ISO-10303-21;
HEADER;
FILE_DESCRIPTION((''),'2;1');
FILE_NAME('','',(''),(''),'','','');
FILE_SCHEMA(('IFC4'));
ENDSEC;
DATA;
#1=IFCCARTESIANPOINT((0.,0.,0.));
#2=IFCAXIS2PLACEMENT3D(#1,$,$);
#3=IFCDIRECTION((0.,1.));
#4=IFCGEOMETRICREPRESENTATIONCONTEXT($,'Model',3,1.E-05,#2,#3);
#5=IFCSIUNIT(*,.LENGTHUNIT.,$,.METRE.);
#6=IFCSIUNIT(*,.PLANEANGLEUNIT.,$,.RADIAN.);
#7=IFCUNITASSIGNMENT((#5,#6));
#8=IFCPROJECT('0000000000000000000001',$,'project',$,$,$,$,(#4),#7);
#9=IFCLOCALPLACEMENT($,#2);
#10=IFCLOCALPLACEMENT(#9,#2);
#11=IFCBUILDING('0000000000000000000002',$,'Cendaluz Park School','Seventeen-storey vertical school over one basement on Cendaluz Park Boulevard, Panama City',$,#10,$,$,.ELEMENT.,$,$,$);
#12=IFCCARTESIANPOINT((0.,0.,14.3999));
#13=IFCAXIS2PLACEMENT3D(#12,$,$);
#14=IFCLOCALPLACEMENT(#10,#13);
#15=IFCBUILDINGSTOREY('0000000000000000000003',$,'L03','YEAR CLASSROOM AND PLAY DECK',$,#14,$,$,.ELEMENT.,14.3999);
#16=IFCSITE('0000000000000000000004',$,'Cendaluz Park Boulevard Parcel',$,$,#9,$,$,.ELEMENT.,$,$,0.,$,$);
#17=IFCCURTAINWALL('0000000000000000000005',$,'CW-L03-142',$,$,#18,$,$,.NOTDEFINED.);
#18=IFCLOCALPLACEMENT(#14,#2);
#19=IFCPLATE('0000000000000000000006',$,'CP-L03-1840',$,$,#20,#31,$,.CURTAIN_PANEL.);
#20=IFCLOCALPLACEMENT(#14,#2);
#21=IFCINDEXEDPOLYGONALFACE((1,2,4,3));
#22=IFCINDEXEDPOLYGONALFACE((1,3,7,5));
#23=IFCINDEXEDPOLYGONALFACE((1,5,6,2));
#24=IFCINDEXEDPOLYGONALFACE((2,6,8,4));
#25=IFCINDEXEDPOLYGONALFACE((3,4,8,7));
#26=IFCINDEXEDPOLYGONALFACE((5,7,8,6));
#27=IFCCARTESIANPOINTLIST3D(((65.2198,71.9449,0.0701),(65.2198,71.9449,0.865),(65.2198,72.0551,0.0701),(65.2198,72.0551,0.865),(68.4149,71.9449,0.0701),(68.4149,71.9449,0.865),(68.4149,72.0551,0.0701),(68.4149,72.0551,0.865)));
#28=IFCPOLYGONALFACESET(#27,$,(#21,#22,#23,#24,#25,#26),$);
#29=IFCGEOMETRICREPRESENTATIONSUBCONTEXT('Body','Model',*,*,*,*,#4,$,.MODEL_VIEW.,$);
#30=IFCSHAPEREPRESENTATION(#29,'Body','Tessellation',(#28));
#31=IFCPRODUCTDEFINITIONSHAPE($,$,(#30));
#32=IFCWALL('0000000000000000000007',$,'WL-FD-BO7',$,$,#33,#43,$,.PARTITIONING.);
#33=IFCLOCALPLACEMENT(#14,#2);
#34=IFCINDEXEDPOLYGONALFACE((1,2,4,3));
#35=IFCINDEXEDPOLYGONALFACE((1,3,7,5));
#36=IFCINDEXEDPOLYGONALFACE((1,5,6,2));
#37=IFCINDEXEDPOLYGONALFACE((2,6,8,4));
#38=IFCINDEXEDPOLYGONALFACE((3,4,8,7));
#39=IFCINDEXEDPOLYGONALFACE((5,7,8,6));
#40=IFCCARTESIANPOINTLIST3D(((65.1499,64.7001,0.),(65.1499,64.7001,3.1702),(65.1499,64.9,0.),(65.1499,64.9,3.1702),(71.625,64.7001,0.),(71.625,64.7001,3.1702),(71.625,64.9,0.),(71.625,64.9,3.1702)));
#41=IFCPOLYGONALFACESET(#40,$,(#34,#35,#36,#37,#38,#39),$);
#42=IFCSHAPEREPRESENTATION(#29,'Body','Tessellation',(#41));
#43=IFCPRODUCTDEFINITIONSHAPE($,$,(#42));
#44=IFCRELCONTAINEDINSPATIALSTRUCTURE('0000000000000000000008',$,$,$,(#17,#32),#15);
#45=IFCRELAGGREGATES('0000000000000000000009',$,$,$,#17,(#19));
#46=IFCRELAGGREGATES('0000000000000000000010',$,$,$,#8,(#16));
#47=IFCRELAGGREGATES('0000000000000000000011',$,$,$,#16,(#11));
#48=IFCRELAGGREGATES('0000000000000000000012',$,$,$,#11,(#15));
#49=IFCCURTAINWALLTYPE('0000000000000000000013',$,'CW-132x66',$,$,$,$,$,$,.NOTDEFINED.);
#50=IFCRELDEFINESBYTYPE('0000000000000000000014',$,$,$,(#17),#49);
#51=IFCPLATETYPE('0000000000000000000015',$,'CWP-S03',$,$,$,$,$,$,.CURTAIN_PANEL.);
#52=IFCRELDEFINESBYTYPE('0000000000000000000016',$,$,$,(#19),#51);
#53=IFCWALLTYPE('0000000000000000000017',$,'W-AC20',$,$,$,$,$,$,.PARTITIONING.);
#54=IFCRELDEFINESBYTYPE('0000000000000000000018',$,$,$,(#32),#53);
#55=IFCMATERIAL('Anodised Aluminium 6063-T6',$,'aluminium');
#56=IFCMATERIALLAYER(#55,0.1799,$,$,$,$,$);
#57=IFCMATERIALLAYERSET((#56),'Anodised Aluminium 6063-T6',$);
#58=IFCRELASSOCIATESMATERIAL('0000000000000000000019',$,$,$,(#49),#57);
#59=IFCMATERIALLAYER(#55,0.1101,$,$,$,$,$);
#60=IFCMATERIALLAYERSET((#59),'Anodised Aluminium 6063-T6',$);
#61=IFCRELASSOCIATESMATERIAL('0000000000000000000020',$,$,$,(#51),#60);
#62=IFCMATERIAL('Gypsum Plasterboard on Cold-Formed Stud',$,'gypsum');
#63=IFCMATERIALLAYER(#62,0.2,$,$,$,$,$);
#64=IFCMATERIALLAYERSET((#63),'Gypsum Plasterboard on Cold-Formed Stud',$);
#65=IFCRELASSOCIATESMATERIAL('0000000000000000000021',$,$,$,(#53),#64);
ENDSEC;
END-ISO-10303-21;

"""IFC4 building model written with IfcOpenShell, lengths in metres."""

from ifc_helpers import new_model, si_unit, direction, frame, frame_2d, origin, origin_2d, place, context, subcontext, project, spatial, rectangle, extrude, material, layer, layer_set, type_object, element, aggregate, save


model = new_model("IFC4")

# Units and contexts
model_context = context("Model", 3, precision=1e-05, world=origin(), true_north=direction((0.0, 1.0)))
body_context = subcontext(model_context, "Body", "Model", "MODEL_VIEW")
ifc_project = project(units=[si_unit("LENGTHUNIT", "METRE"), si_unit("PLANEANGLEUNIT", "RADIAN")], contexts=[model_context])

# Site, building, storey
site_placement = place(None, origin())
site = spatial("IfcSite", under=ifc_project, at=site_placement, Name="Cendaluz Park Boulevard Parcel", CompositionType="ELEMENT", RefElevation=0.0)
building_placement = place(site_placement, origin())
building = spatial("IfcBuilding", under=site, at=building_placement, Name="Cendaluz Park School", Description="Seventeen-storey vertical school over one basement on Cendaluz Park Boulevard, Panama City", CompositionType="ELEMENT")
storey_placement = place(building_placement, frame((0.0, 0.0, 14.3999)))
storey = spatial("IfcBuildingStorey", under=building, at=storey_placement, Name="L03", Description="YEAR CLASSROOM AND PLAY DECK", CompositionType="ELEMENT", Elevation=14.3999)

# Curtain wall
ifc_material_1 = material(Name="Anodised Aluminium 6063-T6", Category="aluminium")
ifc_layer_1 = layer(ifc_material_1, 0.1799)
ifc_layer_set_1 = layer_set([ifc_layer_1], Name="Anodised Aluminium 6063-T6")
curtain_wall_type_1 = type_object("IfcCurtainWallType", Name="CW-132x66", PredefinedType="NOTDEFINED", material=ifc_layer_set_1)
curtain_wall_1_placement = place(storey_placement, origin())
curtain_wall_1 = element("IfcCurtainWall", 1, at=curtain_wall_1_placement, inside=storey, type_object=curtain_wall_type_1, Name="CW-L03-142", PredefinedType="NOTDEFINED")

# Plate
ifc_layer_2 = layer(ifc_material_1, 0.1101)
ifc_layer_set_2 = layer_set([ifc_layer_2], Name="Anodised Aluminium 6063-T6")
plate_type_1 = type_object("IfcPlateType", Name="CWP-S03", PredefinedType="CURTAIN_PANEL", material=ifc_layer_set_2)
plate_1_placement = place(storey_placement, frame((66.8174, 72.0, 0.0701), z_axis=(0.0, 0.0, 1.0), x_axis=(1.0, 0.0, 0.0)))
plate_1 = element("IfcPlate", 2, at=plate_1_placement, type_object=plate_type_1, Name="CP-L03-1840", PredefinedType="CURTAIN_PANEL", context=body_context, shape_type="SweptSolid", body=[
    extrude(rectangle(XDim=3.1951, YDim=0.1101, at=origin_2d()), origin(), (0.0, 0.0, 1.0), 0.7949),
])
aggregate(curtain_wall_1, [plate_1])

# Wall
ifc_material_2 = material(Name="Gypsum Plasterboard on Cold-Formed Stud", Category="gypsum")
ifc_layer_3 = layer(ifc_material_2, 0.2)
ifc_layer_set_3 = layer_set([ifc_layer_3], Name="Gypsum Plasterboard on Cold-Formed Stud")
wall_type = type_object("IfcWallType", Name="W-AC20", PredefinedType="PARTITIONING", material=ifc_layer_set_3)
wall_placement = place(storey_placement, frame((65.1499, 64.8, 0.0), z_axis=(0.0, 0.0, 1.0), x_axis=(1.0, 0.0, 0.0)))
element("IfcWall", 3, at=wall_placement, inside=storey, type_object=wall_type, Name="WL-FD-BO7", PredefinedType="PARTITIONING", context=body_context, shape_type="SweptSolid", body=[
    extrude(rectangle(XDim=6.4751, YDim=0.2, at=frame_2d((3.2375, 0.0))), origin(), (0.0, 0.0, 1.0), 3.1702),
])

save(model, "model.ifc")
